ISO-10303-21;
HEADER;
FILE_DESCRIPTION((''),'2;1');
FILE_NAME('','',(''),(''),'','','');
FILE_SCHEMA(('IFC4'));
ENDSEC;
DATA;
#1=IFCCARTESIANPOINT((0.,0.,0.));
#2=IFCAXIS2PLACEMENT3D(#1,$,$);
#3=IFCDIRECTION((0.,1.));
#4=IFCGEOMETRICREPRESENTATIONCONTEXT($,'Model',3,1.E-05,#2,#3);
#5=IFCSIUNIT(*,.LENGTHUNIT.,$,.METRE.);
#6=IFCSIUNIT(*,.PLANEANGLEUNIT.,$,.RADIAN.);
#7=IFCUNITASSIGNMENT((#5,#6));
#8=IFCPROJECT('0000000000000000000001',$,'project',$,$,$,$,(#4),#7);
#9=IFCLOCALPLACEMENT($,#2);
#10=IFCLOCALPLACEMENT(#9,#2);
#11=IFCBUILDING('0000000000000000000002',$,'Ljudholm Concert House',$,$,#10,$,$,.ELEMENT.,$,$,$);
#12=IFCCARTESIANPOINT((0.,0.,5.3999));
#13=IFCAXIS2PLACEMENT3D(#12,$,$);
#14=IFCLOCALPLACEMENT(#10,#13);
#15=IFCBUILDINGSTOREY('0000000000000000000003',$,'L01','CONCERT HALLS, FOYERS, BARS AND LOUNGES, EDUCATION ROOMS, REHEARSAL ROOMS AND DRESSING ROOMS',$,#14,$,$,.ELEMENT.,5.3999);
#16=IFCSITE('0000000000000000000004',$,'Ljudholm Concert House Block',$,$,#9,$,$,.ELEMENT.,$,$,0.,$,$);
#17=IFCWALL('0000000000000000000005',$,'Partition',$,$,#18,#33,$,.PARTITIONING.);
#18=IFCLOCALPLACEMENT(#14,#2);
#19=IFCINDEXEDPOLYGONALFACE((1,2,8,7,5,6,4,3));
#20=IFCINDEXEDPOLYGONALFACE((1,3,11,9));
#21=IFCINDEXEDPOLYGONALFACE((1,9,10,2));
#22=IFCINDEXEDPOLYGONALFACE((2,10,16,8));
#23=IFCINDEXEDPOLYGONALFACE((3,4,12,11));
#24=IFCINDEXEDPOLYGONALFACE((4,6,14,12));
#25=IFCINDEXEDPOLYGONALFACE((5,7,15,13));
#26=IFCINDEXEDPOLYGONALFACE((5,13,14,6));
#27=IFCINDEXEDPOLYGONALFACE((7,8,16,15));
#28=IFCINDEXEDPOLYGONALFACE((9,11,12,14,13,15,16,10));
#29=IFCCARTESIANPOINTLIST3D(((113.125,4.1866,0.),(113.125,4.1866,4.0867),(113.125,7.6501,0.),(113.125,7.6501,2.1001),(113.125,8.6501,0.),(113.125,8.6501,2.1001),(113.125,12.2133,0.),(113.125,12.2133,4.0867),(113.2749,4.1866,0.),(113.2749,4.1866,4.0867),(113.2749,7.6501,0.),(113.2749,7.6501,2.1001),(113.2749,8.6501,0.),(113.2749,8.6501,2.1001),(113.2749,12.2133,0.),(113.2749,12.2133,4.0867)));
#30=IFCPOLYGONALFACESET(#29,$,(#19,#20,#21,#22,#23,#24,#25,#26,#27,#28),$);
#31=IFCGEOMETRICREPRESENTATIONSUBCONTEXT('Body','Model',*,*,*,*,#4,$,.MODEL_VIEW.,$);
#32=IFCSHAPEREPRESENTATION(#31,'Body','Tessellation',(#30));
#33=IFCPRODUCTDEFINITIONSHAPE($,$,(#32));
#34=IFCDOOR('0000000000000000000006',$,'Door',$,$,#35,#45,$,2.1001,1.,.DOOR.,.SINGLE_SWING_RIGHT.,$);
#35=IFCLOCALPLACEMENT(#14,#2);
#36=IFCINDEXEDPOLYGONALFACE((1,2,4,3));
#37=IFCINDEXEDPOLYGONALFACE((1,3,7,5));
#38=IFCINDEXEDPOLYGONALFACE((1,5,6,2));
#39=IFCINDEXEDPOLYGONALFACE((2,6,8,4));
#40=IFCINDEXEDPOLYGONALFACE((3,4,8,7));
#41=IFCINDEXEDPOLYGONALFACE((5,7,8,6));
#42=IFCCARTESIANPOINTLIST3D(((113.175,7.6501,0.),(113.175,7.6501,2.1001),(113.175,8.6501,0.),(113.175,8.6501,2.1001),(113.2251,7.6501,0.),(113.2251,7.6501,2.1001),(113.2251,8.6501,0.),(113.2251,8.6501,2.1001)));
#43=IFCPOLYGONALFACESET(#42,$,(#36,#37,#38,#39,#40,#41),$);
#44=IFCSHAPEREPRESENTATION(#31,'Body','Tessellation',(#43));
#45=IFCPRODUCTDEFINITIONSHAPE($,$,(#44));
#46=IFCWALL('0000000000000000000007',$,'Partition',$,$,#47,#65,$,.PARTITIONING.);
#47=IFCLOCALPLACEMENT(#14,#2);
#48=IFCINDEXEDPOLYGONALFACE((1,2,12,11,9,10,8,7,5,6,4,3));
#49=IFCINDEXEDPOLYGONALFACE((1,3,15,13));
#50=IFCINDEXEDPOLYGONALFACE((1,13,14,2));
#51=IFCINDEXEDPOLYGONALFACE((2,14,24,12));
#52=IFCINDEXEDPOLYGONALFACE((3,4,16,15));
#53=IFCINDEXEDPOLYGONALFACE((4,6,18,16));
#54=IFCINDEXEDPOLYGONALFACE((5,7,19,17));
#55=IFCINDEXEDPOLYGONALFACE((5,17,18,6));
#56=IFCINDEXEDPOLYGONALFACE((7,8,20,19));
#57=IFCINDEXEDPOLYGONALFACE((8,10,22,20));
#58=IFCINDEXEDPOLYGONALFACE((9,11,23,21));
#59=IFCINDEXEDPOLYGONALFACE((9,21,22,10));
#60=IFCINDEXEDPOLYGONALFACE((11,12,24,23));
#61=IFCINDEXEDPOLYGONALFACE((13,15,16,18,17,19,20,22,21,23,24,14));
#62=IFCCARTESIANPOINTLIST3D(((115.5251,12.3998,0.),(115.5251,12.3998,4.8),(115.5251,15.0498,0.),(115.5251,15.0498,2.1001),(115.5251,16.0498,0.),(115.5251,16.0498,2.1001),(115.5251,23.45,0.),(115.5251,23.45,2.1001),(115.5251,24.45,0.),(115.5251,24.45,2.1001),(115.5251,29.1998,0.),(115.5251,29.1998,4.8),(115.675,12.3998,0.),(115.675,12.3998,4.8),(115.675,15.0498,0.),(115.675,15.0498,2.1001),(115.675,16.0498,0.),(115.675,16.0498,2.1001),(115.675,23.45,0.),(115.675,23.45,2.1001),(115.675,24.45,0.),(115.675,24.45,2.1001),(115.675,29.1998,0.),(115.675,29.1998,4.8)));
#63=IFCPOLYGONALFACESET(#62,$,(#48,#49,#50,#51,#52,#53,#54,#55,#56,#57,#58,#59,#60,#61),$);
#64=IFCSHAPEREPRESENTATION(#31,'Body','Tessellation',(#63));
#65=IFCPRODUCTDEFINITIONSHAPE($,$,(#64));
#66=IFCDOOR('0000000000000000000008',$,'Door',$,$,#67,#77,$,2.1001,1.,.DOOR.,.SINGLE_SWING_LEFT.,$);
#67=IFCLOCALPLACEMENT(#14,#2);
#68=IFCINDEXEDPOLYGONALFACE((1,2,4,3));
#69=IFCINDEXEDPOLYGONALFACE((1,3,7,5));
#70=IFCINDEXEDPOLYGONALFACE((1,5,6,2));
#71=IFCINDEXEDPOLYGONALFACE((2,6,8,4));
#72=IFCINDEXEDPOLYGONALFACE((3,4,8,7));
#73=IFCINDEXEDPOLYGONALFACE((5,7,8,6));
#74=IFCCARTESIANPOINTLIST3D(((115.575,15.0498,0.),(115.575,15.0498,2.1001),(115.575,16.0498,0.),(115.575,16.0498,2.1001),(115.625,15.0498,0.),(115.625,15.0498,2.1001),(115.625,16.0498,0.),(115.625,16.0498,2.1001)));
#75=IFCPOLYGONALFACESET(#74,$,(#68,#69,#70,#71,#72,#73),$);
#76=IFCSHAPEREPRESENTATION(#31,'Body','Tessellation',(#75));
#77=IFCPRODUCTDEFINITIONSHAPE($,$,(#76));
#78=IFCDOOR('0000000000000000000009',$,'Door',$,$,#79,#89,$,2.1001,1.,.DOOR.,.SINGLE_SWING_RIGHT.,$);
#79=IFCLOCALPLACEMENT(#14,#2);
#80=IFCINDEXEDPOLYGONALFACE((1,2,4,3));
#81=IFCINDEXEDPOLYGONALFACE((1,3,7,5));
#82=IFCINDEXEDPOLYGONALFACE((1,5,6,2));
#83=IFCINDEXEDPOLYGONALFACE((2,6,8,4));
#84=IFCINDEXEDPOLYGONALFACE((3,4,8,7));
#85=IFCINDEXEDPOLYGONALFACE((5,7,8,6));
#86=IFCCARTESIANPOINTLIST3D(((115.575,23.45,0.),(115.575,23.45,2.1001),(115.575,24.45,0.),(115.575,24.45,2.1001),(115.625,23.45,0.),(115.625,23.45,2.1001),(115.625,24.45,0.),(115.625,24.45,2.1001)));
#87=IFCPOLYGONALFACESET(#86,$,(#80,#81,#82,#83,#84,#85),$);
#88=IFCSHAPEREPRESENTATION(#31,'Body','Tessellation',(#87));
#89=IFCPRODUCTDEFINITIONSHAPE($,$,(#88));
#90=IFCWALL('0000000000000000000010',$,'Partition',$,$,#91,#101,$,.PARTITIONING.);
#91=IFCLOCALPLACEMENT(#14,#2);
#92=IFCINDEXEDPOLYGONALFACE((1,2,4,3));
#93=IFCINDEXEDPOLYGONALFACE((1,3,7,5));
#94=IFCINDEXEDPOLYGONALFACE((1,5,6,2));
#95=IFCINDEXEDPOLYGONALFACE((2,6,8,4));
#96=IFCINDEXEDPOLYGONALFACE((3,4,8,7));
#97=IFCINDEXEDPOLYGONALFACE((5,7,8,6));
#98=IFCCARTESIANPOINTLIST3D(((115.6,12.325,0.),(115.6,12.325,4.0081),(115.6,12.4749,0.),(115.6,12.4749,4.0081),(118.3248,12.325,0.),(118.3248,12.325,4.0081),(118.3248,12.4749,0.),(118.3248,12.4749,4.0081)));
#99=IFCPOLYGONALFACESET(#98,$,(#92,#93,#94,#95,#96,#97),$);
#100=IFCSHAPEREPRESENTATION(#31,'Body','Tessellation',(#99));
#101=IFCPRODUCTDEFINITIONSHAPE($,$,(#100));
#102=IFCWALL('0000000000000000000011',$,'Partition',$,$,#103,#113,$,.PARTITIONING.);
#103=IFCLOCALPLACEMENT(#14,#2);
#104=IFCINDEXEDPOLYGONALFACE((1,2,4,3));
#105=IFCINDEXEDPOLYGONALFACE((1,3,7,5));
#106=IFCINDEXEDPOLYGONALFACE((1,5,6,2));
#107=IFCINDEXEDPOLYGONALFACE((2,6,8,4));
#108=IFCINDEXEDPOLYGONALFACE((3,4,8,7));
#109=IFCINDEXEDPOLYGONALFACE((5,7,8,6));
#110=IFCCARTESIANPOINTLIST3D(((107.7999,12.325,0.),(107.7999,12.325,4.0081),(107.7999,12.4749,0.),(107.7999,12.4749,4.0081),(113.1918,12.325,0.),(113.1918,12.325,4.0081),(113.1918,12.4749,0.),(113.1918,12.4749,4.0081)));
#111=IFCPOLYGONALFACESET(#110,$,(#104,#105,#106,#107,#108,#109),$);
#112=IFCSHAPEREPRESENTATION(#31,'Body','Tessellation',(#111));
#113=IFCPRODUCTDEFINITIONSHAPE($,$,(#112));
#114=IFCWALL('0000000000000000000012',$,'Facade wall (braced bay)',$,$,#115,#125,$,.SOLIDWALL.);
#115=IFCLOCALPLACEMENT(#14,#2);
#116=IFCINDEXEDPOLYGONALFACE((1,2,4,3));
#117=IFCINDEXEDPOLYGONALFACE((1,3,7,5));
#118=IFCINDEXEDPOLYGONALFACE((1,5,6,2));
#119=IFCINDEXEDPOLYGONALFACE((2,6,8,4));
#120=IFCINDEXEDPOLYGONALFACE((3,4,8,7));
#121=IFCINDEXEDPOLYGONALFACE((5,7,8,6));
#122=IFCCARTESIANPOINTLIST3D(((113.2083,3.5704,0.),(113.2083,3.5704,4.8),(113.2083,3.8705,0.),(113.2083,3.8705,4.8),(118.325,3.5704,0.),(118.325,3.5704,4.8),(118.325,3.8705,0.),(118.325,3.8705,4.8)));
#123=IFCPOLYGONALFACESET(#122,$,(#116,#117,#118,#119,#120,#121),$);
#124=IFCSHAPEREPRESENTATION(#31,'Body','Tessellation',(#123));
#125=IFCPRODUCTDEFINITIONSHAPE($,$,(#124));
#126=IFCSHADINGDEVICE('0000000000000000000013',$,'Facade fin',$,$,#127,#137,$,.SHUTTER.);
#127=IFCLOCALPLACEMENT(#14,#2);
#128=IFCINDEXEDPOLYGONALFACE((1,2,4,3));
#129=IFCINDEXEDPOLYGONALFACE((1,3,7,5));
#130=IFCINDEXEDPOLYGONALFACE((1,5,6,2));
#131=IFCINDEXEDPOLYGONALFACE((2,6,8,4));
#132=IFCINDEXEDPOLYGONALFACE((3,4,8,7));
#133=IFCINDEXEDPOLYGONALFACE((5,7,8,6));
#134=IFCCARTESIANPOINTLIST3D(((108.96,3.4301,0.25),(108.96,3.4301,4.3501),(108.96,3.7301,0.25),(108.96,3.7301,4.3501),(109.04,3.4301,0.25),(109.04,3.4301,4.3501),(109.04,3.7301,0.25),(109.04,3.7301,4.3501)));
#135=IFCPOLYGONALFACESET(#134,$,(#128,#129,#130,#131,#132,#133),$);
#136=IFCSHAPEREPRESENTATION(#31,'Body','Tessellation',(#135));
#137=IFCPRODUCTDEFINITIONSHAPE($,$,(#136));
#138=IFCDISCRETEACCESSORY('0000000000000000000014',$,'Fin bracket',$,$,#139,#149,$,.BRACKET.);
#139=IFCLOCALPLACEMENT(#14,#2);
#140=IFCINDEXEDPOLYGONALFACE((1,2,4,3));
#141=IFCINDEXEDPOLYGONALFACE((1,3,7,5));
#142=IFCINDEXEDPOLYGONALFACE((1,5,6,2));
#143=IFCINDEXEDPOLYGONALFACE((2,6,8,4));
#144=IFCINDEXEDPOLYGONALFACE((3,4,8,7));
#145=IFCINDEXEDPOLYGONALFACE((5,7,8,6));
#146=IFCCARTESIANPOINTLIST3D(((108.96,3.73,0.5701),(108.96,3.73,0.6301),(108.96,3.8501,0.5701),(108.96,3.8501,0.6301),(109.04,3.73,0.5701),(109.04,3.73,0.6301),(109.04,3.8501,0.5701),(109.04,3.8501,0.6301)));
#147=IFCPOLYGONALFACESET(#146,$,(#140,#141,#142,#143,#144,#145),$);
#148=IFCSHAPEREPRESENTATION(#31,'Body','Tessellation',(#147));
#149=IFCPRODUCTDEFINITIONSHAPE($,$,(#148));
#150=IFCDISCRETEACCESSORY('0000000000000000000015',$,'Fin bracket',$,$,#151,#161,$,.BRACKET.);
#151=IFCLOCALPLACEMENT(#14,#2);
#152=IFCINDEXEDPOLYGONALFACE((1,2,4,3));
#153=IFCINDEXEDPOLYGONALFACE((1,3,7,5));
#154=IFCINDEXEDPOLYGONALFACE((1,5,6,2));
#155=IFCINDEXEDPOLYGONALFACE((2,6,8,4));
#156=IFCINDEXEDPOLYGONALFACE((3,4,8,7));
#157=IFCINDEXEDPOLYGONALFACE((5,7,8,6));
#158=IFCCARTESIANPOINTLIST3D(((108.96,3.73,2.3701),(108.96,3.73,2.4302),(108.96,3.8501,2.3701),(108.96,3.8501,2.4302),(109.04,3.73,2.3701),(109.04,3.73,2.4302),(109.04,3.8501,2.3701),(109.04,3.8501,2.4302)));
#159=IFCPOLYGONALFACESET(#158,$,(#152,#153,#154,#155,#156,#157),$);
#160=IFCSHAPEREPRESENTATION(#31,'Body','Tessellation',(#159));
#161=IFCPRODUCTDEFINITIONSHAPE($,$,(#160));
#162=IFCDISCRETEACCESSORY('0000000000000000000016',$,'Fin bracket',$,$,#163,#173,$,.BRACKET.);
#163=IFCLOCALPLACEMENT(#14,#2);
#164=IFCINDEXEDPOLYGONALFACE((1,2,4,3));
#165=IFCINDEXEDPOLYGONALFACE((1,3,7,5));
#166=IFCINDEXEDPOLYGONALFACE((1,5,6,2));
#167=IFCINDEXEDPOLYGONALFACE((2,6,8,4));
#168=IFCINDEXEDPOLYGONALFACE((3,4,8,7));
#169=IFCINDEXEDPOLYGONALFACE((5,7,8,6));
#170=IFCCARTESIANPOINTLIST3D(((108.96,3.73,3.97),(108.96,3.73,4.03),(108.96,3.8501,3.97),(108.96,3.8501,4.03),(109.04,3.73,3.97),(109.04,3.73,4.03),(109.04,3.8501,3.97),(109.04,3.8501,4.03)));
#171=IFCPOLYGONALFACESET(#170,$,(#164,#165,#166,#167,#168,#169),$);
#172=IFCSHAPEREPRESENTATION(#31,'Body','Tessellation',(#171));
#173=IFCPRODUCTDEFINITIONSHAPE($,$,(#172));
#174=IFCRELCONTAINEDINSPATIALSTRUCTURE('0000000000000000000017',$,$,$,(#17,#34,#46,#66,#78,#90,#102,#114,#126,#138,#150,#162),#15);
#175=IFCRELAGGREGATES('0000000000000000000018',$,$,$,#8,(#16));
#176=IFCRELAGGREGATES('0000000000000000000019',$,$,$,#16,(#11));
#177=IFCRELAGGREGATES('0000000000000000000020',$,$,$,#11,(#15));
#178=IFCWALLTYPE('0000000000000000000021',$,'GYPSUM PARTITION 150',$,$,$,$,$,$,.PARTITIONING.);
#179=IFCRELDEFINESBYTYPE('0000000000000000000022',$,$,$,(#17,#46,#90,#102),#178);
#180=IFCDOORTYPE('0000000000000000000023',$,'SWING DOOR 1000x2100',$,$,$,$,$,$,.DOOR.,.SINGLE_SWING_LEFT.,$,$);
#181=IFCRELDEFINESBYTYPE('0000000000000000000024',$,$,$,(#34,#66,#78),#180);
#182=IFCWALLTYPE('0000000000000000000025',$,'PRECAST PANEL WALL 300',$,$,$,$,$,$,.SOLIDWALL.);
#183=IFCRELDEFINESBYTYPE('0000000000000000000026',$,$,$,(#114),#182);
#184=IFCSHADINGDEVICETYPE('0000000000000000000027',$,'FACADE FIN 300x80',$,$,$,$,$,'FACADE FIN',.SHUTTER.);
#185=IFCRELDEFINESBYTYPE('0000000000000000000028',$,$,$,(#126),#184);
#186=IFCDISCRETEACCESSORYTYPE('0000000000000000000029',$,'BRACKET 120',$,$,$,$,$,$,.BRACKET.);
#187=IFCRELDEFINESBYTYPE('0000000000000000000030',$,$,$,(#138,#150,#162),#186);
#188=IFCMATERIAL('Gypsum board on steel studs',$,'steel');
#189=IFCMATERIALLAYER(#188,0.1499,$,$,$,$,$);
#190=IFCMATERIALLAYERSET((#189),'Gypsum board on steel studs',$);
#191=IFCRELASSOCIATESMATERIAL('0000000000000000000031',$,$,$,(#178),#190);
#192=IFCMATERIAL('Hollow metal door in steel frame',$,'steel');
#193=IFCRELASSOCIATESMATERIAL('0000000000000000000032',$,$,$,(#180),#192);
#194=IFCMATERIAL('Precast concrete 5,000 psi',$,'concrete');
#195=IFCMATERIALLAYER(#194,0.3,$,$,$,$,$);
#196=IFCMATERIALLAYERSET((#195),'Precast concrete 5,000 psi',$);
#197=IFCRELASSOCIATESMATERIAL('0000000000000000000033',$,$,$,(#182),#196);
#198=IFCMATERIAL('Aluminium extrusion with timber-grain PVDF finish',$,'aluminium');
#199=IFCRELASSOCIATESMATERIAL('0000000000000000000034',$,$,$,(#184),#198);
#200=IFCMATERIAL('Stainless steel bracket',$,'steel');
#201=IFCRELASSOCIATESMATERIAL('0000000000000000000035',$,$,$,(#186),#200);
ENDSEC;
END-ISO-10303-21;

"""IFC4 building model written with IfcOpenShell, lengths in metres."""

from ifc_helpers import new_model, si_unit, direction, frame, frame_2d, origin, origin_2d, place, context, subcontext, project, spatial, rectangle, extrude, material, layer, layer_set, type_object, element, fill, save


model = new_model("IFC4")

# Units and contexts
model_context = context("Model", 3, precision=1e-05, world=origin(), true_north=direction((0.0, 1.0)))
body_context = subcontext(model_context, "Body", "Model", "MODEL_VIEW")
ifc_project = project(units=[si_unit("LENGTHUNIT", "METRE"), si_unit("PLANEANGLEUNIT", "RADIAN")], contexts=[model_context])

# Site, building, storey
site_placement = place(None, origin())
site = spatial("IfcSite", under=ifc_project, at=site_placement, Name="Ljudholm Concert House Block", CompositionType="ELEMENT", RefElevation=0.0)
building_placement = place(site_placement, origin())
building = spatial("IfcBuilding", under=site, at=building_placement, Name="Ljudholm Concert House", CompositionType="ELEMENT")
storey_placement = place(building_placement, frame((0.0, 0.0, 5.3999)))
storey = spatial("IfcBuildingStorey", under=building, at=storey_placement, Name="L01", Description="CONCERT HALLS, FOYERS, BARS AND LOUNGES, EDUCATION ROOMS, REHEARSAL ROOMS AND DRESSING ROOMS", CompositionType="ELEMENT", Elevation=5.3999)

# Shared definitions
ifc_material_1 = material(Name="Gypsum board on steel studs", Category="steel")
ifc_layer_1 = layer(ifc_material_1, 0.1499)
ifc_layer_set_1 = layer_set([ifc_layer_1], Name="Gypsum board on steel studs")
wall_type_1 = type_object("IfcWallType", Name="GYPSUM PARTITION 150", PredefinedType="PARTITIONING", material=ifc_layer_set_1)
ifc_material_2 = material(Name="Hollow metal door in steel frame", Category="steel")
door_type = type_object("IfcDoorType", Name="SWING DOOR 1000x2100", OperationType="SINGLE_SWING_LEFT", PredefinedType="DOOR", material=ifc_material_2)

# Wall, opening, door
wall_1_placement = place(storey_placement, frame((113.2, 4.1868, 0.0), z_axis=(0.0, 0.0, 1.0), x_axis=(0.0, 1.0, 0.0)))
wall_1 = element("IfcWall", 1, at=wall_1_placement, inside=storey, type_object=wall_type_1, Name="Partition", PredefinedType="PARTITIONING", context=body_context, shape_type="SweptSolid", body=[
    extrude(rectangle(XDim=8.0266, YDim=0.1499, at=frame_2d((4.0132, 0.0))), origin(), (0.0, 0.0, 1.0), 4.0867),
])
opening_1_placement = place(wall_1_placement, frame((3.4634, 0.0, 0.0)))
opening_1 = element("IfcOpeningElement", 2, at=opening_1_placement, cuts=wall_1, PredefinedType="OPENING", context=body_context, shape_type="SweptSolid", body=[
    extrude(rectangle(XDim=1.0, YDim=2.1001, at=frame_2d((0.5, 1.05))), frame((0.0, 0.085, 0.0), z_axis=(0.0, -1.0, 0.0), x_axis=(1.0, 0.0, 0.0)), (0.0, 0.0, 1.0), 0.1699),
])
door_1_placement = place(opening_1_placement, origin())
door_1 = element("IfcDoor", 3, at=door_1_placement, inside=storey, type_object=door_type, Name="Door", OperationType="SINGLE_SWING_RIGHT", OverallHeight=2.1001, OverallWidth=1.0, PredefinedType="DOOR", context=body_context, shape_type="SweptSolid", body=[
    extrude(rectangle(XDim=1.0, YDim=2.1001, at=frame_2d((0.5, 1.05))), frame((0.0, 0.0249, 0.0), z_axis=(0.0, -1.0, 0.0), x_axis=(1.0, 0.0, 0.0)), (0.0, 0.0, 1.0), 0.05),
])
fill(opening_1, door_1)

# Wall, openings, doors
wall_2_placement = place(storey_placement, frame((115.6001, 12.3999, 0.0), z_axis=(0.0, 0.0, 1.0), x_axis=(0.0, 1.0, 0.0)))
wall_2 = element("IfcWall", 4, at=wall_2_placement, inside=storey, type_object=wall_type_1, Name="Partition", PredefinedType="PARTITIONING", context=body_context, shape_type="SweptSolid", body=[
    extrude(rectangle(XDim=16.8, YDim=0.1499, at=frame_2d((8.3999, 0.0))), origin(), (0.0, 0.0, 1.0), 4.8),
])
opening_2_placement = place(wall_2_placement, frame((2.6499, 0.0, 0.0)))
opening_2 = element("IfcOpeningElement", 5, at=opening_2_placement, cuts=wall_2, PredefinedType="OPENING", context=body_context, shape_type="SweptSolid", body=[
    extrude(rectangle(XDim=1.0, YDim=2.1001, at=frame_2d((0.5, 1.05))), frame((0.0, 0.085, 0.0), z_axis=(0.0, -1.0, 0.0), x_axis=(1.0, 0.0, 0.0)), (0.0, 0.0, 1.0), 0.1699),
])
opening_3_placement = place(wall_2_placement, frame((11.05, 0.0, 0.0)))
opening_3 = element("IfcOpeningElement", 6, at=opening_3_placement, cuts=wall_2, PredefinedType="OPENING", context=body_context, shape_type="SweptSolid", body=[
    extrude(rectangle(XDim=1.0, YDim=2.1001, at=frame_2d((0.5, 1.05))), frame((0.0, 0.085, 0.0), z_axis=(0.0, -1.0, 0.0), x_axis=(1.0, 0.0, 0.0)), (0.0, 0.0, 1.0), 0.1699),
])
door_2_placement = place(opening_2_placement, frame((1.0, 0.0, 0.0), z_axis=(0.0, 0.0, 1.0), x_axis=(-1.0, 0.0, 0.0)))
door_2 = element("IfcDoor", 7, at=door_2_placement, inside=storey, type_object=door_type, Name="Door", OperationType="SINGLE_SWING_LEFT", OverallHeight=2.1001, OverallWidth=1.0, PredefinedType="DOOR", context=body_context, shape_type="SweptSolid", body=[
    extrude(rectangle(XDim=1.0, YDim=2.1001, at=frame_2d((0.5, 1.05))), frame((0.0, 0.0249, 0.0), z_axis=(0.0, -1.0, 0.0), x_axis=(1.0, 0.0, 0.0)), (0.0, 0.0, 1.0), 0.05),
])
fill(opening_2, door_2)
door_3_placement = place(opening_3_placement, frame((1.0, 0.0, 0.0), z_axis=(0.0, 0.0, 1.0), x_axis=(-1.0, 0.0, 0.0)))
door_3 = element("IfcDoor", 8, at=door_3_placement, inside=storey, type_object=door_type, Name="Door", OperationType="SINGLE_SWING_RIGHT", OverallHeight=2.1001, OverallWidth=1.0, PredefinedType="DOOR", context=body_context, shape_type="SweptSolid", body=[
    extrude(rectangle(XDim=1.0, YDim=2.1001, at=frame_2d((0.5, 1.05))), frame((0.0, 0.0249, 0.0), z_axis=(0.0, -1.0, 0.0), x_axis=(1.0, 0.0, 0.0)), (0.0, 0.0, 1.0), 0.05),
])
fill(opening_3, door_3)

# Walls
wall_3_placement = place(storey_placement, frame((115.6001, 12.3999, 0.0), z_axis=(0.0, 0.0, 1.0), x_axis=(1.0, 0.0, 0.0)))
element("IfcWall", 9, at=wall_3_placement, inside=storey, type_object=wall_type_1, Name="Partition", PredefinedType="PARTITIONING", context=body_context, shape_type="SweptSolid", body=[
    extrude(rectangle(XDim=2.7249, YDim=0.1499, at=frame_2d((1.3623, 0.0))), origin(), (0.0, 0.0, 1.0), 4.0081),
])
wall_4_placement = place(storey_placement, frame((107.8, 12.3999, 0.0), z_axis=(0.0, 0.0, 1.0), x_axis=(1.0, 0.0, 0.0)))
element("IfcWall", 10, at=wall_4_placement, inside=storey, type_object=wall_type_1, Name="Partition", PredefinedType="PARTITIONING", context=body_context, shape_type="SweptSolid", body=[
    extrude(rectangle(XDim=5.3918, YDim=0.1499, at=frame_2d((2.6958, 0.0))), origin(), (0.0, 0.0, 1.0), 4.0081),
])
ifc_material_3 = material(Name="Precast concrete 5,000 psi", Category="concrete")
ifc_layer_2 = layer(ifc_material_3, 0.3)
ifc_layer_set_2 = layer_set([ifc_layer_2], Name="Precast concrete 5,000 psi")
wall_type_2 = type_object("IfcWallType", Name="PRECAST PANEL WALL 300", PredefinedType="SOLIDWALL", material=ifc_layer_set_2)
wall_5_placement = place(storey_placement, frame((113.2083, 3.7205, 0.0), z_axis=(0.0, 0.0, 1.0), x_axis=(1.0, 0.0, 0.0)))
element("IfcWall", 11, at=wall_5_placement, inside=storey, type_object=wall_type_2, Name="Facade wall (braced bay)", PredefinedType="SOLIDWALL", context=body_context, shape_type="SweptSolid", body=[
    extrude(rectangle(XDim=5.1167, YDim=0.3, at=frame_2d((2.5583, 0.0))), origin(), (0.0, 0.0, 1.0), 4.8),
])

# Shading device
ifc_material_4 = material(Name="Aluminium extrusion with timber-grain PVDF finish", Category="aluminium")
shading_device_type = type_object("IfcShadingDeviceType", Name="FACADE FIN 300x80", ElementType="FACADE FIN", PredefinedType="SHUTTER", material=ifc_material_4)
shading_device_placement = place(storey_placement, frame((109.0, 3.5801, 0.25), z_axis=(0.0, 0.0, 1.0), x_axis=(0.0, -1.0, 0.0)))
element("IfcShadingDevice", 12, at=shading_device_placement, inside=storey, type_object=shading_device_type, Name="Facade fin", PredefinedType="SHUTTER", context=body_context, shape_type="SweptSolid", body=[
    extrude(rectangle(XDim=0.3, YDim=0.0801, at=origin_2d()), origin(), (0.0, 0.0, 1.0), 4.1001),
])

# Discrete accessories
ifc_material_5 = material(Name="Stainless steel bracket", Category="steel")
discrete_accessory_type_1 = type_object("IfcDiscreteAccessoryType", Name="BRACKET 120", PredefinedType="BRACKET", material=ifc_material_5)
for number, where, z_axis, x_axis, name in (
    (13, (109.0, 3.79, 0.5701), (0.0, 0.0, 1.0), (0.0, -1.0, 0.0), "Fin bracket"),
    (14, (109.0, 3.79, 2.3701), (0.0, 0.0, 1.0), (0.0, -1.0, 0.0), "Fin bracket"),
    (15, (109.0, 3.79, 3.97), (0.0, 0.0, 1.0), (0.0, -1.0, 0.0), "Fin bracket"),
):
    element("IfcDiscreteAccessory", number, at=place(storey_placement, frame(where, z_axis=z_axis, x_axis=x_axis)), inside=storey, type_object=discrete_accessory_type_1, Name=name, PredefinedType="BRACKET", context=body_context, shape_type="SweptSolid", body=[
        extrude(rectangle(XDim=0.1201, YDim=0.0801, at=origin_2d()), origin(), (0.0, 0.0, 1.0), 0.0601),
    ])

save(model, "model.ifc")
